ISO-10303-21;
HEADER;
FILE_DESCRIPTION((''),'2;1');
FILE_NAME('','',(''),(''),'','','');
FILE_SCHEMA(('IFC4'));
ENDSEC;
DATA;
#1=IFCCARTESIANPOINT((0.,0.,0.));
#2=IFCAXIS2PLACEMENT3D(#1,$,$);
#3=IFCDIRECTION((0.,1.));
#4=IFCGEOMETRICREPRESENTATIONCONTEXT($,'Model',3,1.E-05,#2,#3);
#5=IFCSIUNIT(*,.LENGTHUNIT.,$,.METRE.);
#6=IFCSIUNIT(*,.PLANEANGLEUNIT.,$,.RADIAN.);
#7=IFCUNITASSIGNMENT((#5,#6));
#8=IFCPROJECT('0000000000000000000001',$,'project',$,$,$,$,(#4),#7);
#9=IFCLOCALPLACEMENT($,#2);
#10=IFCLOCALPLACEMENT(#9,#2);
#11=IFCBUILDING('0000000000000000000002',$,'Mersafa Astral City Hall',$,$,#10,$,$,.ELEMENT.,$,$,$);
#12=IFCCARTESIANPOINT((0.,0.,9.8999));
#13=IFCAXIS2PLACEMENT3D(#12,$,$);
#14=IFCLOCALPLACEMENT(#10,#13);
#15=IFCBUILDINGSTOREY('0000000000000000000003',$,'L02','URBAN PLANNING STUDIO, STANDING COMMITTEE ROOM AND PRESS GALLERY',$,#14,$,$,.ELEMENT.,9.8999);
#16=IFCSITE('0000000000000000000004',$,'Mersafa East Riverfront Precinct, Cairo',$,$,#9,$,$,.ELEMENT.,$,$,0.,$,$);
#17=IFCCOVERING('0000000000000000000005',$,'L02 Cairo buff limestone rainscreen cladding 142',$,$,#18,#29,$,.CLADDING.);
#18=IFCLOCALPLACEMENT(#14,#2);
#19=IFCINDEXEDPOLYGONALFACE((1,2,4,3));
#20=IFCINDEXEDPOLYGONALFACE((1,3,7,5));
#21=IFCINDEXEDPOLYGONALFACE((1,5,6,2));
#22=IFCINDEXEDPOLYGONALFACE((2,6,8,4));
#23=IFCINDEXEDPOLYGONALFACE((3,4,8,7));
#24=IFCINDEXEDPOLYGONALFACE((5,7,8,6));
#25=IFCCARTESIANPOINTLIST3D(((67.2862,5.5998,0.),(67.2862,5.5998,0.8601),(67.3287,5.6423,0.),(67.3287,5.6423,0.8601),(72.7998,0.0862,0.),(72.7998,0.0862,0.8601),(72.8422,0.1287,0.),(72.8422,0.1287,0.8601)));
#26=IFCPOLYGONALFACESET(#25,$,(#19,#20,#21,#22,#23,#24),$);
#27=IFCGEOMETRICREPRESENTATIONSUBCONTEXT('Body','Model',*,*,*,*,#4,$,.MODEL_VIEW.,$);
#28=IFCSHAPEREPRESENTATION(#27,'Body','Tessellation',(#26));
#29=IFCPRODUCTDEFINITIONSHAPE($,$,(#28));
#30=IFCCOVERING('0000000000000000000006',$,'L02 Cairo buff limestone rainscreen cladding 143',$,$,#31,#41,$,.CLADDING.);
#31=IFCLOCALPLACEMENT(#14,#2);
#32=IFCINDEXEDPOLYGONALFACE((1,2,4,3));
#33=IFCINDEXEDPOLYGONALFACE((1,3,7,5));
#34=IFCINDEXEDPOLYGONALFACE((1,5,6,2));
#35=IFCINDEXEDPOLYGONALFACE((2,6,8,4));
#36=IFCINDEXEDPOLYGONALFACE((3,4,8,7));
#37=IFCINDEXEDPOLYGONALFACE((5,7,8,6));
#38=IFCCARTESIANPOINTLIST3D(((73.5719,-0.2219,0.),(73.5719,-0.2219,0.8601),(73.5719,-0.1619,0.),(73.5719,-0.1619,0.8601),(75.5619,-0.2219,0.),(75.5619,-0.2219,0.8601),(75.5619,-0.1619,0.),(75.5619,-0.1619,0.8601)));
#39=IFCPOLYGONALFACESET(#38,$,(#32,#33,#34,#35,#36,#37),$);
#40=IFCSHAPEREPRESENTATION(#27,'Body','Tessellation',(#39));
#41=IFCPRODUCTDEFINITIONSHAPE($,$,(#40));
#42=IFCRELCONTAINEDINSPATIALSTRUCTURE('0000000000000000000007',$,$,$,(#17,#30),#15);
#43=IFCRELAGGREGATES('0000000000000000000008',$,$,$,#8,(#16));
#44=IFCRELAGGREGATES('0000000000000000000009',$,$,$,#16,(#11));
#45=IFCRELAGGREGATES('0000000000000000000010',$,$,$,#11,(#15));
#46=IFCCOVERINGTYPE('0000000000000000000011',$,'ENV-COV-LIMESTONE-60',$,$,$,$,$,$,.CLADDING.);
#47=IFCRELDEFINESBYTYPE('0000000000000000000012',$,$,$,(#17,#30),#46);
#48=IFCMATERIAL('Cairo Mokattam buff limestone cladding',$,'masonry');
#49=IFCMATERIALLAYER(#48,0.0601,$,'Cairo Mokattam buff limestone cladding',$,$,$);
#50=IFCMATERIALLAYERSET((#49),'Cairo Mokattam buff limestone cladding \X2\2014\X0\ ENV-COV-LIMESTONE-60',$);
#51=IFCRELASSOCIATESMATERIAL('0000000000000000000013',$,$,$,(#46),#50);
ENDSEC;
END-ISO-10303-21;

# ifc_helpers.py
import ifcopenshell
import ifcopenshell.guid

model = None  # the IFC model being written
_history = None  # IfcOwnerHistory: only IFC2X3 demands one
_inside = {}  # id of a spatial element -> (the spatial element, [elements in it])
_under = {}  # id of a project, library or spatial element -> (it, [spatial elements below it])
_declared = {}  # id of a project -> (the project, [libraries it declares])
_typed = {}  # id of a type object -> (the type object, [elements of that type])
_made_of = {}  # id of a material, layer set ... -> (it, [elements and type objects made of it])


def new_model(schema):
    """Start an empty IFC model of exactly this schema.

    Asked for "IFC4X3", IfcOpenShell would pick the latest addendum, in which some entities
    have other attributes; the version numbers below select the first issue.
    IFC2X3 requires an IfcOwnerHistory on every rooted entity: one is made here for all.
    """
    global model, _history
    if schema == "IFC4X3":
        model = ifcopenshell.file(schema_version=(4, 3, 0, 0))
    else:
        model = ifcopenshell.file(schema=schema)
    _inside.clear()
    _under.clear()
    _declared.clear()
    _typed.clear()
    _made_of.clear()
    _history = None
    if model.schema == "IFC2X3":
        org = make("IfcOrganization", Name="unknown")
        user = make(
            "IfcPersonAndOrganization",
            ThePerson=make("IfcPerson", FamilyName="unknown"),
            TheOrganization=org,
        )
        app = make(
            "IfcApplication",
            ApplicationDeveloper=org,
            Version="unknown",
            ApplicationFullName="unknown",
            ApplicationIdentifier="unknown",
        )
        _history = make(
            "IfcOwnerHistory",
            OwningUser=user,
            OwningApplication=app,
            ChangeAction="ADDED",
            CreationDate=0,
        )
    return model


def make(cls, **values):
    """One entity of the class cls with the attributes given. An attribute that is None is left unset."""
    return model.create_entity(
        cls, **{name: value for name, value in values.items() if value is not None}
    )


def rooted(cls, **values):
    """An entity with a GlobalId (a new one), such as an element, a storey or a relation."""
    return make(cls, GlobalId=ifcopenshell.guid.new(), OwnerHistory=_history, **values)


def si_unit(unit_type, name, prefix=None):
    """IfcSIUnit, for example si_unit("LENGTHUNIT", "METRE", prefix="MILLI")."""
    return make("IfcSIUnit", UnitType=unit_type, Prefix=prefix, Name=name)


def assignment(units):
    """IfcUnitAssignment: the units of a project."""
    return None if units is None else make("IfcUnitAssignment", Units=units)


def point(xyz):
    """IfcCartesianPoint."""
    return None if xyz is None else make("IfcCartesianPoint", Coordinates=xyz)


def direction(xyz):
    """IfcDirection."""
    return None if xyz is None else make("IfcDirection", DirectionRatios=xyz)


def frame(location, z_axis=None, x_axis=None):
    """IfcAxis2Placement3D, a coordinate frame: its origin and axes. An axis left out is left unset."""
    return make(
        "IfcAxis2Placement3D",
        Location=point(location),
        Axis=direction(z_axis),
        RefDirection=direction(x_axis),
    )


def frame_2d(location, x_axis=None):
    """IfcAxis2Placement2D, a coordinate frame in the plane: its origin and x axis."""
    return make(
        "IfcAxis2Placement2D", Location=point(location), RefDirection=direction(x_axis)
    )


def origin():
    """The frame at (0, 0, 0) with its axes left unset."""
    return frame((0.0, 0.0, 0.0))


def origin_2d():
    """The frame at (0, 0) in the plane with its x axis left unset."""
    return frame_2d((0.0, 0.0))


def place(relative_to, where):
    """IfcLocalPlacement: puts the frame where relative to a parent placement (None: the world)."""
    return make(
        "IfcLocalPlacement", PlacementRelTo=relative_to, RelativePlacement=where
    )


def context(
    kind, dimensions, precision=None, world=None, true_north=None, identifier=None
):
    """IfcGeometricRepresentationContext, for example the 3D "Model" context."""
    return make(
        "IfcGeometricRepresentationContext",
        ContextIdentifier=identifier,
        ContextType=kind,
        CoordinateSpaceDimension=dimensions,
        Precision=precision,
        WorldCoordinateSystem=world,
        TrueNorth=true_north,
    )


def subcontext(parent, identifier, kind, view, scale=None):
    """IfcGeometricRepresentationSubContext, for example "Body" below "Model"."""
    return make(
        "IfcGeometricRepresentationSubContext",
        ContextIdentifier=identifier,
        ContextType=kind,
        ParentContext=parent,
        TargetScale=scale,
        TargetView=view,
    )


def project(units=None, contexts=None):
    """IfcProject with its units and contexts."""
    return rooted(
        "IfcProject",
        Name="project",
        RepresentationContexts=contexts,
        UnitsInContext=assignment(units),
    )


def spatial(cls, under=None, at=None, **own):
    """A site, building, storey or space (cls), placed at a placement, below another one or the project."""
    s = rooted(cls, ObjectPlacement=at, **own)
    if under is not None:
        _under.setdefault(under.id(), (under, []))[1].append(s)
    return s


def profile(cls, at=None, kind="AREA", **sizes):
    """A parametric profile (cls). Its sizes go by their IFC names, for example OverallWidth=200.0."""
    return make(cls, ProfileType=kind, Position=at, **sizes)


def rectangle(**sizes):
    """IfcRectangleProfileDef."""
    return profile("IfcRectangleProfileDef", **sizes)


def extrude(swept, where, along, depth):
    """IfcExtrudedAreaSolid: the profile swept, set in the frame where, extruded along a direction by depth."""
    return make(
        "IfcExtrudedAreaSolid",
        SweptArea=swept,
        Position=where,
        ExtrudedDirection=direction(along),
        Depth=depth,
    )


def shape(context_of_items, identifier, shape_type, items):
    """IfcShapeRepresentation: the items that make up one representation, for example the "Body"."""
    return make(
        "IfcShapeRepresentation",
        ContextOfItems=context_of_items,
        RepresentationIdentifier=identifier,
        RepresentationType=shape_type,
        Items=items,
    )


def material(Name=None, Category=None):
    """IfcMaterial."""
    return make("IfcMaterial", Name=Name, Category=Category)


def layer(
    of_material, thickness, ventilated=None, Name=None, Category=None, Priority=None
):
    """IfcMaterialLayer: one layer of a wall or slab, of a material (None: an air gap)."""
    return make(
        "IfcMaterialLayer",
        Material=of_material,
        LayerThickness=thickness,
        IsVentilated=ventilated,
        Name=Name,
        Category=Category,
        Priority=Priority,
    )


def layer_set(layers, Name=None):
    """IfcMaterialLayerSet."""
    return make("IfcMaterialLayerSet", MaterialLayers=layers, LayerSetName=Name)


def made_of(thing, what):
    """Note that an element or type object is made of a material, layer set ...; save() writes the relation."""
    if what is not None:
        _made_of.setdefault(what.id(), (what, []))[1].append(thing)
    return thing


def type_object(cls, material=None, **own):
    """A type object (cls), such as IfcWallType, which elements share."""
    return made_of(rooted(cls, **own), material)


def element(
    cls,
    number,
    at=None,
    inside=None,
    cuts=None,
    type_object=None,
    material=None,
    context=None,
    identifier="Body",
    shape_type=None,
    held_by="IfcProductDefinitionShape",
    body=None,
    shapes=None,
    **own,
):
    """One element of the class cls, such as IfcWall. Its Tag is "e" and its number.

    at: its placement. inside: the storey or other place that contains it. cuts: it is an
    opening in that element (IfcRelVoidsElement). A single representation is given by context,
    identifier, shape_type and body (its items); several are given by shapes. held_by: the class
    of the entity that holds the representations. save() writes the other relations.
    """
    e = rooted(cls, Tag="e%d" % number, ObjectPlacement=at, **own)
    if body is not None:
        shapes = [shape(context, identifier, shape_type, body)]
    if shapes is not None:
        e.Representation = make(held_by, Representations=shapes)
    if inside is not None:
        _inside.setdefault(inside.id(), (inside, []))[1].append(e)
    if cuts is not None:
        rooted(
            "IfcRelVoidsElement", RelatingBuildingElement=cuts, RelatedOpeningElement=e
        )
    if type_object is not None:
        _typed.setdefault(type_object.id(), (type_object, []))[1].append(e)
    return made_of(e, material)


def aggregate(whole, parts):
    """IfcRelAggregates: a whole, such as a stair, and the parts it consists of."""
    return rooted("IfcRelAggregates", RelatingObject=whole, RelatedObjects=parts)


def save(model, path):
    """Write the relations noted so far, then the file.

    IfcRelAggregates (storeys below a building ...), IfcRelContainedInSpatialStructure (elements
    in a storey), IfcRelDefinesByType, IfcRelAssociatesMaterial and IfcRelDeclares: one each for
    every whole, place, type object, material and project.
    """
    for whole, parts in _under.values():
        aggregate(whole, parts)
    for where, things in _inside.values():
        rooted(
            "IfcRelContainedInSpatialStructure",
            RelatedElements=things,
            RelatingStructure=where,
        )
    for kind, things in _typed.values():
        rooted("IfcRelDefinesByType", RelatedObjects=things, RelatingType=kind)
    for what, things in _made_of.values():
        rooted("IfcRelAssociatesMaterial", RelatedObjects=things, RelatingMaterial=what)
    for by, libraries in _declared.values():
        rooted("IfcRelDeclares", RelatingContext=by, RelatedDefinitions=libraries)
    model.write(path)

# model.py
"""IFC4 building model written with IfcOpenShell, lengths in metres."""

from ifc_helpers import new_model, si_unit, direction, frame, origin, origin_2d, place, context, subcontext, project, spatial, rectangle, extrude, material, layer, layer_set, type_object, element, save


model = new_model("IFC4")

# Units and contexts
model_context = context("Model", 3, precision=1e-05, world=origin(), true_north=direction((0.0, 1.0)))
body_context = subcontext(model_context, "Body", "Model", "MODEL_VIEW")
ifc_project = project(units=[si_unit("LENGTHUNIT", "METRE"), si_unit("PLANEANGLEUNIT", "RADIAN")], contexts=[model_context])

# Site, building, storey
site_placement = place(None, origin())
site = spatial("IfcSite", under=ifc_project, at=site_placement, Name="Mersafa East Riverfront Precinct, Cairo", CompositionType="ELEMENT", RefElevation=0.0)
building_placement = place(site_placement, origin())
building = spatial("IfcBuilding", under=site, at=building_placement, Name="Mersafa Astral City Hall", CompositionType="ELEMENT")
storey_placement = place(building_placement, frame((0.0, 0.0, 9.8999)))
storey = spatial("IfcBuildingStorey", under=building, at=storey_placement, Name="L02", Description="URBAN PLANNING STUDIO, STANDING COMMITTEE ROOM AND PRESS GALLERY", CompositionType="ELEMENT", Elevation=9.8999)

# Coverings
ifc_material_1 = material(Name="Cairo Mokattam buff limestone cladding", Category="masonry")
ifc_layer_1 = layer(ifc_material_1, 0.0601, Name="Cairo Mokattam buff limestone cladding")
ifc_layer_set_1 = layer_set([ifc_layer_1], Name="Cairo Mokattam buff limestone cladding — ENV-COV-LIMESTONE-60")
covering_type_1 = type_object("IfcCoveringType", Name="ENV-COV-LIMESTONE-60", PredefinedType="CLADDING", material=ifc_layer_set_1)
covering_1_placement = place(storey_placement, frame((70.0642, 2.8643, 0.0), z_axis=(0.0, 0.0, 1.0), x_axis=(0.707107, -0.707107, 0.0)))
element("IfcCovering", 1, at=covering_1_placement, inside=storey, type_object=covering_type_1, Name="L02 Cairo buff limestone rainscreen cladding 142", PredefinedType="CLADDING", context=body_context, shape_type="SweptSolid", body=[
    extrude(rectangle(XDim=7.7974, YDim=0.0601, at=origin_2d()), origin(), (0.0, 0.0, 1.0), 0.8601),
])
covering_2_placement = place(storey_placement, frame((74.5669, -0.1919, 0.0), z_axis=(0.0, 0.0, 1.0), x_axis=(1.0, 0.0, 0.0)))
element("IfcCovering", 2, at=covering_2_placement, inside=storey, type_object=covering_type_1, Name="L02 Cairo buff limestone rainscreen cladding 143", PredefinedType="CLADDING", context=body_context, shape_type="SweptSolid", body=[
    extrude(rectangle(XDim=1.99, YDim=0.0601, at=origin_2d()), origin(), (0.0, 0.0, 1.0), 0.8601),
])

save(model, "model.ifc")
